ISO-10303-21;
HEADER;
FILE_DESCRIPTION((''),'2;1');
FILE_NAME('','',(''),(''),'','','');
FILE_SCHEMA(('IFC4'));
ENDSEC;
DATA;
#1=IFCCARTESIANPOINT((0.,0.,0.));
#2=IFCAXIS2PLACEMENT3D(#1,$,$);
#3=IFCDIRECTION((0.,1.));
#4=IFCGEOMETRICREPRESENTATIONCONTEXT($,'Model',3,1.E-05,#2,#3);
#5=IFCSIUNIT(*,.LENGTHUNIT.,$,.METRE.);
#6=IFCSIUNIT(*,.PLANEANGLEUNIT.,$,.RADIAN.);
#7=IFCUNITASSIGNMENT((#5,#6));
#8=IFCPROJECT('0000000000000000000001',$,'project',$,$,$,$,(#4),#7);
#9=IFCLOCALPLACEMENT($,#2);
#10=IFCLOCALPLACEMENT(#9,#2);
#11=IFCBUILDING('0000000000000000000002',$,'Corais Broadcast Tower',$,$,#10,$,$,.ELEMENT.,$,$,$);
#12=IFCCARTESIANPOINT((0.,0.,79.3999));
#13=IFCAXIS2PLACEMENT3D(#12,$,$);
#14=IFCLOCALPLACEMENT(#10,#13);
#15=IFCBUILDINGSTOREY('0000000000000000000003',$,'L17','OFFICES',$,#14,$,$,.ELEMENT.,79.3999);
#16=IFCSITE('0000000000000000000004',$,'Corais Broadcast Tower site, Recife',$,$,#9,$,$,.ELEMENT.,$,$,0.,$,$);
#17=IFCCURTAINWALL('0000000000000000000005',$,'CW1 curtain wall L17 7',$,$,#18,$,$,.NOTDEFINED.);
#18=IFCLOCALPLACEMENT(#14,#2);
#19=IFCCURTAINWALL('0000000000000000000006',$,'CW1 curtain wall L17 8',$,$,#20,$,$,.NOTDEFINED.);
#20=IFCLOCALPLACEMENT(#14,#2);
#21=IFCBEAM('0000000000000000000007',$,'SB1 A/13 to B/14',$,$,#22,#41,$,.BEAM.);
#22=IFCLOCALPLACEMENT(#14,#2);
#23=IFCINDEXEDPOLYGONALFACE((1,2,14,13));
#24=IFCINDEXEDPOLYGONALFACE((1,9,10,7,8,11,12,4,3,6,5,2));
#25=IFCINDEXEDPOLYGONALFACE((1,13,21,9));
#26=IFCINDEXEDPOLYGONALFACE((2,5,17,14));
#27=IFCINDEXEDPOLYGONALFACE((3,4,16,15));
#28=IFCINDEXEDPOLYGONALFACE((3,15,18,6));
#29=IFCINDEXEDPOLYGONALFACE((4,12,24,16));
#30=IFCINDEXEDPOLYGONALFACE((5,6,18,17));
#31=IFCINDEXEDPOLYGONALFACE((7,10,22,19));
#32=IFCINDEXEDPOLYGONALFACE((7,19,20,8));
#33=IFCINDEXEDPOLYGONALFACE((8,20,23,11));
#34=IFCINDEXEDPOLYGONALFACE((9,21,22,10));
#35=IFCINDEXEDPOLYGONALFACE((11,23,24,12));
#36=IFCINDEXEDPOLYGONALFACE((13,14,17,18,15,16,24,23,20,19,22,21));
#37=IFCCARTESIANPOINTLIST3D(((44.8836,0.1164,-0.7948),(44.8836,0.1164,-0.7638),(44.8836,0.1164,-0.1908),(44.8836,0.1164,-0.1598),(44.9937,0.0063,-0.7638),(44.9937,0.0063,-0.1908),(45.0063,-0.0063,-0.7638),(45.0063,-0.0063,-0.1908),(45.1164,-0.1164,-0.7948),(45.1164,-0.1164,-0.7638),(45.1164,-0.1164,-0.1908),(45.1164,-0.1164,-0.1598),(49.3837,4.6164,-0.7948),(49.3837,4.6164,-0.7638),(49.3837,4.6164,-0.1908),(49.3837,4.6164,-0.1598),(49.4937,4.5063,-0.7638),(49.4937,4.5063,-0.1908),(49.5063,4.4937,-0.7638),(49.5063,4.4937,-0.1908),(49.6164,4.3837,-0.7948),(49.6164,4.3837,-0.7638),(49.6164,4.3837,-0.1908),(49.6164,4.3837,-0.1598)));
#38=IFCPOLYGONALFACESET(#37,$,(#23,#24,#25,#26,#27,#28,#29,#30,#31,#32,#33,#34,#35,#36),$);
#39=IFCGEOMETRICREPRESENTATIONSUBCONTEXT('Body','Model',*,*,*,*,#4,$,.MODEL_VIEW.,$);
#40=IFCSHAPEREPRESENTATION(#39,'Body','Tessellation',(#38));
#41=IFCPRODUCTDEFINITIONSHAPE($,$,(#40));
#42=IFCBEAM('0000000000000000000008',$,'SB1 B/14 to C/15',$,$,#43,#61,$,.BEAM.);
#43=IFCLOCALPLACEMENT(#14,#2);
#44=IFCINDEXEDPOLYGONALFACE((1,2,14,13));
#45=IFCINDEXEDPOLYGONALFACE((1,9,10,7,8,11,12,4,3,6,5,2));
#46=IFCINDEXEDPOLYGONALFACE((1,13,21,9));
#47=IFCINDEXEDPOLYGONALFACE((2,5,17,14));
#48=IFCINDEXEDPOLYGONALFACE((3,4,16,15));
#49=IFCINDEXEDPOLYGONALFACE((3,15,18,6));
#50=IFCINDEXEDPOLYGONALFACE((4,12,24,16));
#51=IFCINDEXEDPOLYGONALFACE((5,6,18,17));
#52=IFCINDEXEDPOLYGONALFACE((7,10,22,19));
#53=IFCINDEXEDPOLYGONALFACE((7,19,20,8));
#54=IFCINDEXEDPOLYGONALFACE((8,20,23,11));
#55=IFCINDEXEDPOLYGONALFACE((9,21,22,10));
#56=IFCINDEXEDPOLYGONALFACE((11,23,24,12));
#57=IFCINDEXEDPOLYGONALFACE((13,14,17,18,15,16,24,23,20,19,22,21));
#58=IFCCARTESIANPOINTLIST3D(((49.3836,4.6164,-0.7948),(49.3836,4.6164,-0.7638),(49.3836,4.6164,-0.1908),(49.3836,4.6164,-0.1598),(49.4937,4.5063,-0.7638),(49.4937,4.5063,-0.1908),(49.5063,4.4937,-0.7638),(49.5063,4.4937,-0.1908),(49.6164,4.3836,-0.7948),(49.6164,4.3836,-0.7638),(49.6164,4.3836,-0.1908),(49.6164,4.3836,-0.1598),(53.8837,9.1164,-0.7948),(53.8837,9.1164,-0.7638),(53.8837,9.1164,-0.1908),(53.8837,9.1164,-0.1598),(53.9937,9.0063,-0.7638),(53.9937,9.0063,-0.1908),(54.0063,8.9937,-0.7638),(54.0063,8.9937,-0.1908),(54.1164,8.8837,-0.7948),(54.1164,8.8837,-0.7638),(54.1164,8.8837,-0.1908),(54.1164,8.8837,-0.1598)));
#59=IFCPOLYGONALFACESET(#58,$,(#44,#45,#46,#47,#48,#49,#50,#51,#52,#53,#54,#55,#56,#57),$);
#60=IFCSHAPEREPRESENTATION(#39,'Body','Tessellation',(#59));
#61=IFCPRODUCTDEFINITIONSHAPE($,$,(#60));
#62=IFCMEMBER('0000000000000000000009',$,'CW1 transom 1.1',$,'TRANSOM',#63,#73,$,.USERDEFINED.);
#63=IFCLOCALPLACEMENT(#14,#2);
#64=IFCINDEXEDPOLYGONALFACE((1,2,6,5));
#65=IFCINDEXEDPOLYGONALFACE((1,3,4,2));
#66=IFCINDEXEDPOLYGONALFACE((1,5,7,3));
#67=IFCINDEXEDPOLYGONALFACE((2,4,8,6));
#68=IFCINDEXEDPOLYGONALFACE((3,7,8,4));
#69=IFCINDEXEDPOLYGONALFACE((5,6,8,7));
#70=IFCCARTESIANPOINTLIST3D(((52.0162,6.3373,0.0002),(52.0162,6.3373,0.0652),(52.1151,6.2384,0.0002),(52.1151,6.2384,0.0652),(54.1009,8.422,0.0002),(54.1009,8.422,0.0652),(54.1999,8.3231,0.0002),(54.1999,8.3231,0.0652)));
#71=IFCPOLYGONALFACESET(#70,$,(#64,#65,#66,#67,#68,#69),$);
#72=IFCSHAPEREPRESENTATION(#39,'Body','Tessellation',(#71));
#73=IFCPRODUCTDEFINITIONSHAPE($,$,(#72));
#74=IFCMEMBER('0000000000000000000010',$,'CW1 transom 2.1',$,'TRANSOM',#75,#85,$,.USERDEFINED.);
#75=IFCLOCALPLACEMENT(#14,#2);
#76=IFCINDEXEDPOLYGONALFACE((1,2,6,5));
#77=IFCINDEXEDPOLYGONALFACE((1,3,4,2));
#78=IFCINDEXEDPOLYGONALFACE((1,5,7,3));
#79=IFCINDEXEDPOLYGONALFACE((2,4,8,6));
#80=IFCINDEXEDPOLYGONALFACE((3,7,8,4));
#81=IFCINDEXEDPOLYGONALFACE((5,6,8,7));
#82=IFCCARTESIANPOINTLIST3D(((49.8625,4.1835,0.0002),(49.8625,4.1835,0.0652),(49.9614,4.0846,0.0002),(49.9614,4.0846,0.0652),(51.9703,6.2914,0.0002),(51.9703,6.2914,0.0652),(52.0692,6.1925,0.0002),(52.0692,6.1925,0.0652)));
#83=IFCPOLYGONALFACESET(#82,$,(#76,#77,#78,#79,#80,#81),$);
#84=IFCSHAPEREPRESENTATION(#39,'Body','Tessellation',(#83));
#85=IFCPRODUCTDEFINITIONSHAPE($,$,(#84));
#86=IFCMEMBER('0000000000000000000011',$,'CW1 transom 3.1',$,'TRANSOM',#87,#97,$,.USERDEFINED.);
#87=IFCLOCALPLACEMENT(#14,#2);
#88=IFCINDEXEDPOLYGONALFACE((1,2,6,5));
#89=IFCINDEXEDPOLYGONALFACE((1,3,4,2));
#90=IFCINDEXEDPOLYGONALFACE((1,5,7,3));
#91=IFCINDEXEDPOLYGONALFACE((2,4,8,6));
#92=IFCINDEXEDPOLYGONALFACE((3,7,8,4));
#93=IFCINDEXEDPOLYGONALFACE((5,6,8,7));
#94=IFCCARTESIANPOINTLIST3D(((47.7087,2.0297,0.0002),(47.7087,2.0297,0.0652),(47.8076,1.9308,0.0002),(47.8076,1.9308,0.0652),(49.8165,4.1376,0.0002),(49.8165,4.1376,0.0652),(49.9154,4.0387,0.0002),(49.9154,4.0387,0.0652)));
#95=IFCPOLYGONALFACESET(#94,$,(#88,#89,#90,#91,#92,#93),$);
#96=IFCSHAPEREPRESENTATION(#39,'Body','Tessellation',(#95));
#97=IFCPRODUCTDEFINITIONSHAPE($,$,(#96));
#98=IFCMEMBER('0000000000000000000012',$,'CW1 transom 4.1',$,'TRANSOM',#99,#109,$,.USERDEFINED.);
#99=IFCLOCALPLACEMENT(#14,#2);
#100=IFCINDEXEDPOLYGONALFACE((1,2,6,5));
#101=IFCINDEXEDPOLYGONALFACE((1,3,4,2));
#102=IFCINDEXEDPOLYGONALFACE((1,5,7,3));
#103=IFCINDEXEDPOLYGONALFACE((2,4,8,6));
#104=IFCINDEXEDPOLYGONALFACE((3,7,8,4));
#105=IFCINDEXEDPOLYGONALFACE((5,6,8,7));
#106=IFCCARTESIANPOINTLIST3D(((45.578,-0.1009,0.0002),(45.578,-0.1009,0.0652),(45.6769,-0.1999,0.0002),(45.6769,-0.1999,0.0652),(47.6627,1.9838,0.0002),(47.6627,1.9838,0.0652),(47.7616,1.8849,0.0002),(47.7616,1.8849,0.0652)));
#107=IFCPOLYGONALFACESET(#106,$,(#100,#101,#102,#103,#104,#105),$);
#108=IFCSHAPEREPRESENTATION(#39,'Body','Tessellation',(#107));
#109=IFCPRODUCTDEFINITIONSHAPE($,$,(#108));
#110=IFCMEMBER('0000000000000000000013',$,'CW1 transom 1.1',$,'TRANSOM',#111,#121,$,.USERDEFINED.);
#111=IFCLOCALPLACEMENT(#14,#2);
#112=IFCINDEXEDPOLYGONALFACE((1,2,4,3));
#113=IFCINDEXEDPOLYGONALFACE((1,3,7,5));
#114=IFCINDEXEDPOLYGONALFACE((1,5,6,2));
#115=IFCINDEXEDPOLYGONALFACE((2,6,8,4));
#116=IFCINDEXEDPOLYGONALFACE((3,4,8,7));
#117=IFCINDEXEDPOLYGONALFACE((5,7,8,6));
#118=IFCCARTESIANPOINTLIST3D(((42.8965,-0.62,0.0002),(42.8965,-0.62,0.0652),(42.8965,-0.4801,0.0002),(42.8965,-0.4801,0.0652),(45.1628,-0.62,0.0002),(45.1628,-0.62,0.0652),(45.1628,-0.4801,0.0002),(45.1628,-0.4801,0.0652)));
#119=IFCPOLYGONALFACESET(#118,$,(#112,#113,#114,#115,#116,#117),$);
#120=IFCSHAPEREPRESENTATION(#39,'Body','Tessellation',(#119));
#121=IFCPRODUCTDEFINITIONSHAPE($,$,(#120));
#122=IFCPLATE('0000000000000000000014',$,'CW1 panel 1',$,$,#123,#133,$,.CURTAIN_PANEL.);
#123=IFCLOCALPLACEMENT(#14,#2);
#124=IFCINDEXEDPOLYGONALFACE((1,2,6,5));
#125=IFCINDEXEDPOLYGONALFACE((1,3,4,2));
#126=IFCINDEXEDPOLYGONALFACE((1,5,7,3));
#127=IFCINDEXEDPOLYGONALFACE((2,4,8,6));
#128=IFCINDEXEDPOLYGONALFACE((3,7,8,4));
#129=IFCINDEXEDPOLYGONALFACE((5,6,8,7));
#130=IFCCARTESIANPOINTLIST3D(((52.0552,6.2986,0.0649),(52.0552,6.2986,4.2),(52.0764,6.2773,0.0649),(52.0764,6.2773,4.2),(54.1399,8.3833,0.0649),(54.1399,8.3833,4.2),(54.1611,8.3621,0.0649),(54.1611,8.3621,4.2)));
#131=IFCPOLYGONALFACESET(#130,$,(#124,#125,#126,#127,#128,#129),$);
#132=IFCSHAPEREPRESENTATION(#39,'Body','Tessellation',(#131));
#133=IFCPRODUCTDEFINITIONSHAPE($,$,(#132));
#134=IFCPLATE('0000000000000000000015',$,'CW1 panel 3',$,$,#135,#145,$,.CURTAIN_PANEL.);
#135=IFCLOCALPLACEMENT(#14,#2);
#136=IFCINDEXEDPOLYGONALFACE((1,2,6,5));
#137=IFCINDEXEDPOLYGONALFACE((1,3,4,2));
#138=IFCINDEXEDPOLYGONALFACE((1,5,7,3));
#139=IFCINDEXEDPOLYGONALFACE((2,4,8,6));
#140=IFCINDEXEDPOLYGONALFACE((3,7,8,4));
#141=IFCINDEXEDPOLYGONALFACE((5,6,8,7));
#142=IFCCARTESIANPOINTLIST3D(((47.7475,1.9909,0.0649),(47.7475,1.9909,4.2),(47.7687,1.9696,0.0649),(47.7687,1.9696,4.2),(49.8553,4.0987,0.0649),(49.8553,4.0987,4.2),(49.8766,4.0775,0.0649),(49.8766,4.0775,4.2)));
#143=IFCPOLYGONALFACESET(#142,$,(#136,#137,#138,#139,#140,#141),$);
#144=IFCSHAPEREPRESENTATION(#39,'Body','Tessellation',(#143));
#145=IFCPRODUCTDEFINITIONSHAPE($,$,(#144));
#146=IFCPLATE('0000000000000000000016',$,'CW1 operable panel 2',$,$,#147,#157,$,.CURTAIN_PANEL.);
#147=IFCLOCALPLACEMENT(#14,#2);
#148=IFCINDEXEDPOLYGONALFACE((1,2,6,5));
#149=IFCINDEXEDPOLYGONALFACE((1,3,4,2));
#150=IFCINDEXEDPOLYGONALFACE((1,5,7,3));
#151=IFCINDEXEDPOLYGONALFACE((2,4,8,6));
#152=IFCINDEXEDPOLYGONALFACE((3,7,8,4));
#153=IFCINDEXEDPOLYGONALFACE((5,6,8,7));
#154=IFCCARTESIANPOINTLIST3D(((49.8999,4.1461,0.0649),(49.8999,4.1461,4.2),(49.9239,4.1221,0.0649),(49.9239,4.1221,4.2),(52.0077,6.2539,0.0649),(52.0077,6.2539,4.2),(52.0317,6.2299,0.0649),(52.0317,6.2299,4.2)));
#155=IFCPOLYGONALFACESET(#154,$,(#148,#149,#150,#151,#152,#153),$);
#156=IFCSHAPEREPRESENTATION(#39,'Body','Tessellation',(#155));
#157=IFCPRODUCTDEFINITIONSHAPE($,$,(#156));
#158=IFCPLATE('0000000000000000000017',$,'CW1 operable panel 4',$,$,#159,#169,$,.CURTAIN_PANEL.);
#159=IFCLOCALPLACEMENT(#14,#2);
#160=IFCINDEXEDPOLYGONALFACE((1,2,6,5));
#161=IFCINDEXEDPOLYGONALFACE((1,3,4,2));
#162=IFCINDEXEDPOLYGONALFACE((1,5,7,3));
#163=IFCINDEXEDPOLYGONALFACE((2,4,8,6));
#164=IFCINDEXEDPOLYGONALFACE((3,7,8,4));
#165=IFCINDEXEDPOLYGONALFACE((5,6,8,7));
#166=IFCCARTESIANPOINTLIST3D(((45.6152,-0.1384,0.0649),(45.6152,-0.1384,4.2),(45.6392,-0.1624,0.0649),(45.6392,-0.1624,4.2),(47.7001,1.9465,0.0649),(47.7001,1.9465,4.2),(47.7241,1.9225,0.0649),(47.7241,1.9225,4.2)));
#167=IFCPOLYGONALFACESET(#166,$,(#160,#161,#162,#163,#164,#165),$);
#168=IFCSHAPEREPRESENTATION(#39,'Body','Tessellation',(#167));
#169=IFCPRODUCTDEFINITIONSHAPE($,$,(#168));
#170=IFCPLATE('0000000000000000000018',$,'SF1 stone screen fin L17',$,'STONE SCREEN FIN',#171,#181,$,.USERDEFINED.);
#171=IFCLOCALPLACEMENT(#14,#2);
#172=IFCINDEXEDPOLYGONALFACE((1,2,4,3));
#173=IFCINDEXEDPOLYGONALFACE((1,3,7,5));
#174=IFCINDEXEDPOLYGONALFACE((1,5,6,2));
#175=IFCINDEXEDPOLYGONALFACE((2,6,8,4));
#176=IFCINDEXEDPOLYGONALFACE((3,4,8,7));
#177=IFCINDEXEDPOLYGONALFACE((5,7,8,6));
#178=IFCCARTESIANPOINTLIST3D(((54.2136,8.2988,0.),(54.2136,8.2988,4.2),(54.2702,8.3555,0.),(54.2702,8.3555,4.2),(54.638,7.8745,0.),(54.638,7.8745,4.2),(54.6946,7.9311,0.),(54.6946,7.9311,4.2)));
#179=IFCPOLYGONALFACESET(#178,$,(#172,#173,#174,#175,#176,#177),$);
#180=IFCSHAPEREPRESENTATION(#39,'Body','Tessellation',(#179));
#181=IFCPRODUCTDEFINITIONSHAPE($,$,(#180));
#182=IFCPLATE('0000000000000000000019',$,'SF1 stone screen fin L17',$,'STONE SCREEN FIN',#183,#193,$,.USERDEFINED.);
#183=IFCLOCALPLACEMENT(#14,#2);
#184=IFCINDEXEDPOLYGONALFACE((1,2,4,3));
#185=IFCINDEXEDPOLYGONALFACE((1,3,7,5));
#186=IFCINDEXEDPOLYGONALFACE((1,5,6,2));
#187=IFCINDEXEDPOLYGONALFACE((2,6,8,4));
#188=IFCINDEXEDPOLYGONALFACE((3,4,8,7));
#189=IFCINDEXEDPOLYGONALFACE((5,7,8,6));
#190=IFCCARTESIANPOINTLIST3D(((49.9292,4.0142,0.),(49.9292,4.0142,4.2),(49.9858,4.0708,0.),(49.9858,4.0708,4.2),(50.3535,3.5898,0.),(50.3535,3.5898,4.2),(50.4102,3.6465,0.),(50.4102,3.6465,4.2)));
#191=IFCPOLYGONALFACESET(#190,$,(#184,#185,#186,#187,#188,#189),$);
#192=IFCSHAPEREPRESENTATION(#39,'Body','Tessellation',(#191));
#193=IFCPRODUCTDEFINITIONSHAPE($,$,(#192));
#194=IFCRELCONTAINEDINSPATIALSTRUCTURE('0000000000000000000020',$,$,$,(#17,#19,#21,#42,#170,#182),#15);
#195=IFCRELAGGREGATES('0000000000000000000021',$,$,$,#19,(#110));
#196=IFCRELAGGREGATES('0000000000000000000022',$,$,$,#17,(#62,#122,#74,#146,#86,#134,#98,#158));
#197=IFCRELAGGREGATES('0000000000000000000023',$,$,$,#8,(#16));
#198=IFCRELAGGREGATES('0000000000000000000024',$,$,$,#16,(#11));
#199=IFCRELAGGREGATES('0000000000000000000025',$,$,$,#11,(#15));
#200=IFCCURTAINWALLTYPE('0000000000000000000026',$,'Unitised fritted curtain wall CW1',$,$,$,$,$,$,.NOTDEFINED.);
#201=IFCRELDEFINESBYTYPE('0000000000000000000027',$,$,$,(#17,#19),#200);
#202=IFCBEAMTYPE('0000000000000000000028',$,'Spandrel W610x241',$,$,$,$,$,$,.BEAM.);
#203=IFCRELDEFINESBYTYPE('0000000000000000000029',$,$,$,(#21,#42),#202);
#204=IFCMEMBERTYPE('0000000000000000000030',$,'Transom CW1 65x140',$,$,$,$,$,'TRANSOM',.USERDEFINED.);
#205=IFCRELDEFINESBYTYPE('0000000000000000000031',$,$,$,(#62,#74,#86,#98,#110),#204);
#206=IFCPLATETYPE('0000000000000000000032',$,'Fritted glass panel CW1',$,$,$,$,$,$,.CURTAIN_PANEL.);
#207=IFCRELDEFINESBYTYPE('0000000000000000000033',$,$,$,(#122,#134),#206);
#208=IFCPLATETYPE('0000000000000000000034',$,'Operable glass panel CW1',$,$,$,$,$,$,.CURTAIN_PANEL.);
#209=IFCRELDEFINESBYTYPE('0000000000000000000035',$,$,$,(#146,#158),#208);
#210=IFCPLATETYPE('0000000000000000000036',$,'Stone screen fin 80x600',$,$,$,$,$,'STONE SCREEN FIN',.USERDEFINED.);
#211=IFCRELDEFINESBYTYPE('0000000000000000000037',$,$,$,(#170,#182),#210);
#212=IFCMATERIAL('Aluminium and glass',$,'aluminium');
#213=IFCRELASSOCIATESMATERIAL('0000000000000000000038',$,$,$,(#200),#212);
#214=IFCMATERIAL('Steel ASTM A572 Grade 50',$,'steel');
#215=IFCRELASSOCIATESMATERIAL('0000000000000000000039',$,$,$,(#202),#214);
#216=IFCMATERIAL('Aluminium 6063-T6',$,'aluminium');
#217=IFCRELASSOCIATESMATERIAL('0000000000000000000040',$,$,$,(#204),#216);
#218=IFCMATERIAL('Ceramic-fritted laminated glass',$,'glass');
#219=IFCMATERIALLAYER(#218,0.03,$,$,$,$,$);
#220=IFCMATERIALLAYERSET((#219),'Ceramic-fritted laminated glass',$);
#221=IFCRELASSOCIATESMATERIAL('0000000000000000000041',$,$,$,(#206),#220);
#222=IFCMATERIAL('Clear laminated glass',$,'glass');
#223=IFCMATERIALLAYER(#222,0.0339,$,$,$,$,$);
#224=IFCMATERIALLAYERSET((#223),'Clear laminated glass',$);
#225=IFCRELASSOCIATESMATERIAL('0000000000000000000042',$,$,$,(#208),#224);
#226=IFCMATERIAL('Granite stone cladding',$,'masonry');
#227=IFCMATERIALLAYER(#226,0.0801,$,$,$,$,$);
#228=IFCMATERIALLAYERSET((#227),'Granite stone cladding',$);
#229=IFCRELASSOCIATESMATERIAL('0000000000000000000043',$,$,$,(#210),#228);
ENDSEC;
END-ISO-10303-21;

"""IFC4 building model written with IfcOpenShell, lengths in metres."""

from ifc_helpers import new_model, si_unit, direction, frame, origin, origin_2d, place, context, subcontext, project, spatial, rectangle, i_section, extrude, material, layer, layer_set, material_profile, profile_set, type_object, element, aggregate, save


model = new_model("IFC4")

# Units and contexts
model_context = context("Model", 3, precision=1e-05, world=origin(), true_north=direction((0.0, 1.0)))
body_context = subcontext(model_context, "Body", "Model", "MODEL_VIEW")
ifc_project = project(units=[si_unit("LENGTHUNIT", "METRE"), si_unit("PLANEANGLEUNIT", "RADIAN")], contexts=[model_context])

# Site, building, storey
site_placement = place(None, origin())
site = spatial("IfcSite", under=ifc_project, at=site_placement, Name="Corais Broadcast Tower site, Recife", CompositionType="ELEMENT", RefElevation=0.0)
building_placement = place(site_placement, origin())
building = spatial("IfcBuilding", under=site, at=building_placement, Name="Corais Broadcast Tower", CompositionType="ELEMENT")
storey_placement = place(building_placement, frame((0.0, 0.0, 79.3999)))
storey = spatial("IfcBuildingStorey", under=building, at=storey_placement, Name="L17", Description="OFFICES", CompositionType="ELEMENT", Elevation=79.3999)

# Shared definitions
ifc_material_1 = material(Name="Aluminium and glass", Category="aluminium")
curtain_wall_type = type_object("IfcCurtainWallType", Name="Unitised fritted curtain wall CW1", PredefinedType="NOTDEFINED", material=ifc_material_1)

# Curtain wall
curtain_wall_1_placement = place(storey_placement, origin())
curtain_wall_1 = element("IfcCurtainWall", 1, at=curtain_wall_1_placement, inside=storey, type_object=curtain_wall_type, Name="CW1 curtain wall L17 7", PredefinedType="NOTDEFINED")

# Curtain wall
curtain_wall_2_placement = place(storey_placement, origin())
curtain_wall_2 = element("IfcCurtainWall", 2, at=curtain_wall_2_placement, inside=storey, type_object=curtain_wall_type, Name="CW1 curtain wall L17 8", PredefinedType="NOTDEFINED")

# Beams
ifc_material_2 = material(Name="Steel ASTM A572 Grade 50", Category="steel")
ifc_material_profile_1 = material_profile(ifc_material_2, i_section(OverallWidth=0.3291, OverallDepth=0.635, WebThickness=0.0178, FlangeThickness=0.031, at=origin_2d()), Name="W610x241")
ifc_profile_set_1 = profile_set([ifc_material_profile_1], Name="Steel ASTM A572 Grade 50")
beam_type_1 = type_object("IfcBeamType", Name="Spandrel W610x241", PredefinedType="BEAM", material=ifc_profile_set_1)
for number, where, z_axis, x_axis, name in (
    (3, (45.0, 0.0, -0.4773), (0.707107, 0.707107, 0.0), (-0.707107, 0.707107, 0.0), "SB1 A/13 to B/14"),
    (4, (49.5, 4.5, -0.4773), (0.707107, 0.707107, 0.0), (-0.707107, 0.707107, 0.0), "SB1 B/14 to C/15"),
):
    element("IfcBeam", number, at=place(storey_placement, frame(where, z_axis=z_axis, x_axis=x_axis)), inside=storey, type_object=beam_type_1, Name=name, PredefinedType="BEAM", context=body_context, shape_type="SweptSolid", body=[
        extrude(i_section(OverallWidth=0.3291, OverallDepth=0.635, WebThickness=0.0178, FlangeThickness=0.031, at=origin_2d()), origin(), (0.0, 0.0, 1.0), 6.364),
    ])

# Members
ifc_material_3 = material(Name="Aluminium 6063-T6", Category="aluminium")
ifc_material_profile_2 = material_profile(ifc_material_3, rectangle(XDim=0.1399, YDim=0.0649, at=origin_2d()), Name="Transom CW1 65x140")
ifc_profile_set_2 = profile_set([ifc_material_profile_2], Name="Aluminium 6063-T6")
member_type_1 = type_object("IfcMemberType", Name="Transom CW1 65x140", ElementType="TRANSOM", PredefinedType="USERDEFINED", material=ifc_profile_set_2)
member_1_placement = place(storey_placement, frame((54.1504, 8.3726, 0.0327), z_axis=(-0.707107, -0.707107, 0.0), x_axis=(0.707107, -0.707107, 0.0)))
member_1 = element("IfcMember", 5, at=member_1_placement, type_object=member_type_1, Name="CW1 transom 1.1", ObjectType="TRANSOM", PredefinedType="USERDEFINED", context=body_context, shape_type="SweptSolid", body=[
    extrude(rectangle(XDim=0.1399, YDim=0.0649, at=origin_2d()), origin(), (0.0, 0.0, 1.0), 2.9482),
])
member_2_placement = place(storey_placement, frame((52.0198, 6.2419, 0.0327), z_axis=(-0.707107, -0.707107, 0.0), x_axis=(0.707107, -0.707107, 0.0)))
member_2 = element("IfcMember", 6, at=member_2_placement, type_object=member_type_1, Name="CW1 transom 2.1", ObjectType="TRANSOM", PredefinedType="USERDEFINED", context=body_context, shape_type="SweptSolid", body=[
    extrude(rectangle(XDim=0.1399, YDim=0.0649, at=origin_2d()), origin(), (0.0, 0.0, 1.0), 2.981),
])
member_3_placement = place(storey_placement, frame((49.866, 4.0881, 0.0327), z_axis=(-0.707107, -0.707107, 0.0), x_axis=(0.707107, -0.707107, 0.0)))
member_3 = element("IfcMember", 7, at=member_3_placement, type_object=member_type_1, Name="CW1 transom 3.1", ObjectType="TRANSOM", PredefinedType="USERDEFINED", context=body_context, shape_type="SweptSolid", body=[
    extrude(rectangle(XDim=0.1399, YDim=0.0649, at=origin_2d()), origin(), (0.0, 0.0, 1.0), 2.981),
])
member_4_placement = place(storey_placement, frame((47.7122, 1.9343, 0.0327), z_axis=(-0.707107, -0.707107, 0.0), x_axis=(0.707107, -0.707107, 0.0)))
member_4 = element("IfcMember", 8, at=member_4_placement, type_object=member_type_1, Name="CW1 transom 4.1", ObjectType="TRANSOM", PredefinedType="USERDEFINED", context=body_context, shape_type="SweptSolid", body=[
    extrude(rectangle(XDim=0.1399, YDim=0.0649, at=origin_2d()), origin(), (0.0, 0.0, 1.0), 2.9482),
])
member_5_placement = place(storey_placement, frame((45.1628, -0.55, 0.0327), z_axis=(-1.0, 0.0, 0.0), x_axis=(0.0, -1.0, 0.0)))
member_5 = element("IfcMember", 9, at=member_5_placement, type_object=member_type_1, Name="CW1 transom 1.1", ObjectType="TRANSOM", PredefinedType="USERDEFINED", context=body_context, shape_type="SweptSolid", body=[
    extrude(rectangle(XDim=0.1399, YDim=0.0649, at=origin_2d()), origin(), (0.0, 0.0, 1.0), 2.2664),
])
aggregate(curtain_wall_2, [member_5])

# Plates
ifc_material_4 = material(Name="Ceramic-fritted laminated glass", Category="glass")
ifc_layer_1 = layer(ifc_material_4, 0.03)
ifc_layer_set_1 = layer_set([ifc_layer_1], Name="Ceramic-fritted laminated glass")
plate_type_1 = type_object("IfcPlateType", Name="Fritted glass panel CW1", PredefinedType="CURTAIN_PANEL", material=ifc_layer_set_1)
plate_1_placement = place(storey_placement, frame((53.1082, 7.3303, 0.0649), z_axis=(0.0, 0.0, 1.0), x_axis=(-0.707107, -0.707107, 0.0)))
plate_1 = element("IfcPlate", 10, at=plate_1_placement, type_object=plate_type_1, Name="CW1 panel 1", PredefinedType="CURTAIN_PANEL", context=body_context, shape_type="SweptSolid", body=[
    extrude(rectangle(XDim=2.9482, YDim=0.03, at=origin_2d()), origin(), (0.0, 0.0, 1.0), 4.135),
])
plate_2_placement = place(storey_placement, frame((48.812, 3.0342, 0.0649), z_axis=(0.0, 0.0, 1.0), x_axis=(-0.707107, -0.707107, 0.0)))
plate_2 = element("IfcPlate", 11, at=plate_2_placement, type_object=plate_type_1, Name="CW1 panel 3", PredefinedType="CURTAIN_PANEL", context=body_context, shape_type="SweptSolid", body=[
    extrude(rectangle(XDim=2.981, YDim=0.03, at=origin_2d()), origin(), (0.0, 0.0, 1.0), 4.135),
])
ifc_material_5 = material(Name="Clear laminated glass", Category="glass")
ifc_layer_2 = layer(ifc_material_5, 0.0339)
ifc_layer_set_2 = layer_set([ifc_layer_2], Name="Clear laminated glass")
plate_type_2 = type_object("IfcPlateType", Name="Operable glass panel CW1", PredefinedType="CURTAIN_PANEL", material=ifc_layer_set_2)
plate_3_placement = place(storey_placement, frame((50.9658, 5.188, 0.0649), z_axis=(0.0, 0.0, 1.0), x_axis=(-0.707107, -0.707107, 0.0)))
plate_3 = element("IfcPlate", 12, at=plate_3_placement, type_object=plate_type_2, Name="CW1 operable panel 2", PredefinedType="CURTAIN_PANEL", context=body_context, shape_type="SweptSolid", body=[
    extrude(rectangle(XDim=2.981, YDim=0.0339, at=origin_2d()), origin(), (0.0, 0.0, 1.0), 4.135),
])
plate_4_placement = place(storey_placement, frame((46.6697, 0.8921, 0.0649), z_axis=(0.0, 0.0, 1.0), x_axis=(-0.707107, -0.707107, 0.0)))
plate_4 = element("IfcPlate", 13, at=plate_4_placement, type_object=plate_type_2, Name="CW1 operable panel 4", PredefinedType="CURTAIN_PANEL", context=body_context, shape_type="SweptSolid", body=[
    extrude(rectangle(XDim=2.9485, YDim=0.0339, at=origin_2d()), origin(), (0.0, 0.0, 1.0), 4.135),
])
aggregate(curtain_wall_1, [member_1, plate_1, member_2, plate_3, member_3, plate_2, member_4, plate_4])

# Plates
ifc_material_6 = material(Name="Granite stone cladding", Category="masonry")
ifc_layer_3 = layer(ifc_material_6, 0.0801)
ifc_layer_set_3 = layer_set([ifc_layer_3], Name="Granite stone cladding")
plate_type_3 = type_object("IfcPlateType", Name="Stone screen fin 80x600", ElementType="STONE SCREEN FIN", PredefinedType="USERDEFINED", material=ifc_layer_set_3)
for number, where, z_axis, x_axis, name in (
    (14, (54.4541, 8.115, 0.0), (0.0, 0.0, 1.0), (-0.707107, -0.707107, 0.0), "SF1 stone screen fin L17"),
    (15, (50.1697, 3.8303, 0.0), (0.0, 0.0, 1.0), (-0.707107, -0.707107, 0.0), "SF1 stone screen fin L17"),
):
    element("IfcPlate", number, at=place(storey_placement, frame(where, z_axis=z_axis, x_axis=x_axis)), inside=storey, type_object=plate_type_3, Name=name, ObjectType="STONE SCREEN FIN", PredefinedType="USERDEFINED", context=body_context, shape_type="SweptSolid", body=[
        extrude(rectangle(XDim=0.0801, YDim=0.6001, at=origin_2d()), origin(), (0.0, 0.0, 1.0), 4.2),
    ])

save(model, "model.ifc")
